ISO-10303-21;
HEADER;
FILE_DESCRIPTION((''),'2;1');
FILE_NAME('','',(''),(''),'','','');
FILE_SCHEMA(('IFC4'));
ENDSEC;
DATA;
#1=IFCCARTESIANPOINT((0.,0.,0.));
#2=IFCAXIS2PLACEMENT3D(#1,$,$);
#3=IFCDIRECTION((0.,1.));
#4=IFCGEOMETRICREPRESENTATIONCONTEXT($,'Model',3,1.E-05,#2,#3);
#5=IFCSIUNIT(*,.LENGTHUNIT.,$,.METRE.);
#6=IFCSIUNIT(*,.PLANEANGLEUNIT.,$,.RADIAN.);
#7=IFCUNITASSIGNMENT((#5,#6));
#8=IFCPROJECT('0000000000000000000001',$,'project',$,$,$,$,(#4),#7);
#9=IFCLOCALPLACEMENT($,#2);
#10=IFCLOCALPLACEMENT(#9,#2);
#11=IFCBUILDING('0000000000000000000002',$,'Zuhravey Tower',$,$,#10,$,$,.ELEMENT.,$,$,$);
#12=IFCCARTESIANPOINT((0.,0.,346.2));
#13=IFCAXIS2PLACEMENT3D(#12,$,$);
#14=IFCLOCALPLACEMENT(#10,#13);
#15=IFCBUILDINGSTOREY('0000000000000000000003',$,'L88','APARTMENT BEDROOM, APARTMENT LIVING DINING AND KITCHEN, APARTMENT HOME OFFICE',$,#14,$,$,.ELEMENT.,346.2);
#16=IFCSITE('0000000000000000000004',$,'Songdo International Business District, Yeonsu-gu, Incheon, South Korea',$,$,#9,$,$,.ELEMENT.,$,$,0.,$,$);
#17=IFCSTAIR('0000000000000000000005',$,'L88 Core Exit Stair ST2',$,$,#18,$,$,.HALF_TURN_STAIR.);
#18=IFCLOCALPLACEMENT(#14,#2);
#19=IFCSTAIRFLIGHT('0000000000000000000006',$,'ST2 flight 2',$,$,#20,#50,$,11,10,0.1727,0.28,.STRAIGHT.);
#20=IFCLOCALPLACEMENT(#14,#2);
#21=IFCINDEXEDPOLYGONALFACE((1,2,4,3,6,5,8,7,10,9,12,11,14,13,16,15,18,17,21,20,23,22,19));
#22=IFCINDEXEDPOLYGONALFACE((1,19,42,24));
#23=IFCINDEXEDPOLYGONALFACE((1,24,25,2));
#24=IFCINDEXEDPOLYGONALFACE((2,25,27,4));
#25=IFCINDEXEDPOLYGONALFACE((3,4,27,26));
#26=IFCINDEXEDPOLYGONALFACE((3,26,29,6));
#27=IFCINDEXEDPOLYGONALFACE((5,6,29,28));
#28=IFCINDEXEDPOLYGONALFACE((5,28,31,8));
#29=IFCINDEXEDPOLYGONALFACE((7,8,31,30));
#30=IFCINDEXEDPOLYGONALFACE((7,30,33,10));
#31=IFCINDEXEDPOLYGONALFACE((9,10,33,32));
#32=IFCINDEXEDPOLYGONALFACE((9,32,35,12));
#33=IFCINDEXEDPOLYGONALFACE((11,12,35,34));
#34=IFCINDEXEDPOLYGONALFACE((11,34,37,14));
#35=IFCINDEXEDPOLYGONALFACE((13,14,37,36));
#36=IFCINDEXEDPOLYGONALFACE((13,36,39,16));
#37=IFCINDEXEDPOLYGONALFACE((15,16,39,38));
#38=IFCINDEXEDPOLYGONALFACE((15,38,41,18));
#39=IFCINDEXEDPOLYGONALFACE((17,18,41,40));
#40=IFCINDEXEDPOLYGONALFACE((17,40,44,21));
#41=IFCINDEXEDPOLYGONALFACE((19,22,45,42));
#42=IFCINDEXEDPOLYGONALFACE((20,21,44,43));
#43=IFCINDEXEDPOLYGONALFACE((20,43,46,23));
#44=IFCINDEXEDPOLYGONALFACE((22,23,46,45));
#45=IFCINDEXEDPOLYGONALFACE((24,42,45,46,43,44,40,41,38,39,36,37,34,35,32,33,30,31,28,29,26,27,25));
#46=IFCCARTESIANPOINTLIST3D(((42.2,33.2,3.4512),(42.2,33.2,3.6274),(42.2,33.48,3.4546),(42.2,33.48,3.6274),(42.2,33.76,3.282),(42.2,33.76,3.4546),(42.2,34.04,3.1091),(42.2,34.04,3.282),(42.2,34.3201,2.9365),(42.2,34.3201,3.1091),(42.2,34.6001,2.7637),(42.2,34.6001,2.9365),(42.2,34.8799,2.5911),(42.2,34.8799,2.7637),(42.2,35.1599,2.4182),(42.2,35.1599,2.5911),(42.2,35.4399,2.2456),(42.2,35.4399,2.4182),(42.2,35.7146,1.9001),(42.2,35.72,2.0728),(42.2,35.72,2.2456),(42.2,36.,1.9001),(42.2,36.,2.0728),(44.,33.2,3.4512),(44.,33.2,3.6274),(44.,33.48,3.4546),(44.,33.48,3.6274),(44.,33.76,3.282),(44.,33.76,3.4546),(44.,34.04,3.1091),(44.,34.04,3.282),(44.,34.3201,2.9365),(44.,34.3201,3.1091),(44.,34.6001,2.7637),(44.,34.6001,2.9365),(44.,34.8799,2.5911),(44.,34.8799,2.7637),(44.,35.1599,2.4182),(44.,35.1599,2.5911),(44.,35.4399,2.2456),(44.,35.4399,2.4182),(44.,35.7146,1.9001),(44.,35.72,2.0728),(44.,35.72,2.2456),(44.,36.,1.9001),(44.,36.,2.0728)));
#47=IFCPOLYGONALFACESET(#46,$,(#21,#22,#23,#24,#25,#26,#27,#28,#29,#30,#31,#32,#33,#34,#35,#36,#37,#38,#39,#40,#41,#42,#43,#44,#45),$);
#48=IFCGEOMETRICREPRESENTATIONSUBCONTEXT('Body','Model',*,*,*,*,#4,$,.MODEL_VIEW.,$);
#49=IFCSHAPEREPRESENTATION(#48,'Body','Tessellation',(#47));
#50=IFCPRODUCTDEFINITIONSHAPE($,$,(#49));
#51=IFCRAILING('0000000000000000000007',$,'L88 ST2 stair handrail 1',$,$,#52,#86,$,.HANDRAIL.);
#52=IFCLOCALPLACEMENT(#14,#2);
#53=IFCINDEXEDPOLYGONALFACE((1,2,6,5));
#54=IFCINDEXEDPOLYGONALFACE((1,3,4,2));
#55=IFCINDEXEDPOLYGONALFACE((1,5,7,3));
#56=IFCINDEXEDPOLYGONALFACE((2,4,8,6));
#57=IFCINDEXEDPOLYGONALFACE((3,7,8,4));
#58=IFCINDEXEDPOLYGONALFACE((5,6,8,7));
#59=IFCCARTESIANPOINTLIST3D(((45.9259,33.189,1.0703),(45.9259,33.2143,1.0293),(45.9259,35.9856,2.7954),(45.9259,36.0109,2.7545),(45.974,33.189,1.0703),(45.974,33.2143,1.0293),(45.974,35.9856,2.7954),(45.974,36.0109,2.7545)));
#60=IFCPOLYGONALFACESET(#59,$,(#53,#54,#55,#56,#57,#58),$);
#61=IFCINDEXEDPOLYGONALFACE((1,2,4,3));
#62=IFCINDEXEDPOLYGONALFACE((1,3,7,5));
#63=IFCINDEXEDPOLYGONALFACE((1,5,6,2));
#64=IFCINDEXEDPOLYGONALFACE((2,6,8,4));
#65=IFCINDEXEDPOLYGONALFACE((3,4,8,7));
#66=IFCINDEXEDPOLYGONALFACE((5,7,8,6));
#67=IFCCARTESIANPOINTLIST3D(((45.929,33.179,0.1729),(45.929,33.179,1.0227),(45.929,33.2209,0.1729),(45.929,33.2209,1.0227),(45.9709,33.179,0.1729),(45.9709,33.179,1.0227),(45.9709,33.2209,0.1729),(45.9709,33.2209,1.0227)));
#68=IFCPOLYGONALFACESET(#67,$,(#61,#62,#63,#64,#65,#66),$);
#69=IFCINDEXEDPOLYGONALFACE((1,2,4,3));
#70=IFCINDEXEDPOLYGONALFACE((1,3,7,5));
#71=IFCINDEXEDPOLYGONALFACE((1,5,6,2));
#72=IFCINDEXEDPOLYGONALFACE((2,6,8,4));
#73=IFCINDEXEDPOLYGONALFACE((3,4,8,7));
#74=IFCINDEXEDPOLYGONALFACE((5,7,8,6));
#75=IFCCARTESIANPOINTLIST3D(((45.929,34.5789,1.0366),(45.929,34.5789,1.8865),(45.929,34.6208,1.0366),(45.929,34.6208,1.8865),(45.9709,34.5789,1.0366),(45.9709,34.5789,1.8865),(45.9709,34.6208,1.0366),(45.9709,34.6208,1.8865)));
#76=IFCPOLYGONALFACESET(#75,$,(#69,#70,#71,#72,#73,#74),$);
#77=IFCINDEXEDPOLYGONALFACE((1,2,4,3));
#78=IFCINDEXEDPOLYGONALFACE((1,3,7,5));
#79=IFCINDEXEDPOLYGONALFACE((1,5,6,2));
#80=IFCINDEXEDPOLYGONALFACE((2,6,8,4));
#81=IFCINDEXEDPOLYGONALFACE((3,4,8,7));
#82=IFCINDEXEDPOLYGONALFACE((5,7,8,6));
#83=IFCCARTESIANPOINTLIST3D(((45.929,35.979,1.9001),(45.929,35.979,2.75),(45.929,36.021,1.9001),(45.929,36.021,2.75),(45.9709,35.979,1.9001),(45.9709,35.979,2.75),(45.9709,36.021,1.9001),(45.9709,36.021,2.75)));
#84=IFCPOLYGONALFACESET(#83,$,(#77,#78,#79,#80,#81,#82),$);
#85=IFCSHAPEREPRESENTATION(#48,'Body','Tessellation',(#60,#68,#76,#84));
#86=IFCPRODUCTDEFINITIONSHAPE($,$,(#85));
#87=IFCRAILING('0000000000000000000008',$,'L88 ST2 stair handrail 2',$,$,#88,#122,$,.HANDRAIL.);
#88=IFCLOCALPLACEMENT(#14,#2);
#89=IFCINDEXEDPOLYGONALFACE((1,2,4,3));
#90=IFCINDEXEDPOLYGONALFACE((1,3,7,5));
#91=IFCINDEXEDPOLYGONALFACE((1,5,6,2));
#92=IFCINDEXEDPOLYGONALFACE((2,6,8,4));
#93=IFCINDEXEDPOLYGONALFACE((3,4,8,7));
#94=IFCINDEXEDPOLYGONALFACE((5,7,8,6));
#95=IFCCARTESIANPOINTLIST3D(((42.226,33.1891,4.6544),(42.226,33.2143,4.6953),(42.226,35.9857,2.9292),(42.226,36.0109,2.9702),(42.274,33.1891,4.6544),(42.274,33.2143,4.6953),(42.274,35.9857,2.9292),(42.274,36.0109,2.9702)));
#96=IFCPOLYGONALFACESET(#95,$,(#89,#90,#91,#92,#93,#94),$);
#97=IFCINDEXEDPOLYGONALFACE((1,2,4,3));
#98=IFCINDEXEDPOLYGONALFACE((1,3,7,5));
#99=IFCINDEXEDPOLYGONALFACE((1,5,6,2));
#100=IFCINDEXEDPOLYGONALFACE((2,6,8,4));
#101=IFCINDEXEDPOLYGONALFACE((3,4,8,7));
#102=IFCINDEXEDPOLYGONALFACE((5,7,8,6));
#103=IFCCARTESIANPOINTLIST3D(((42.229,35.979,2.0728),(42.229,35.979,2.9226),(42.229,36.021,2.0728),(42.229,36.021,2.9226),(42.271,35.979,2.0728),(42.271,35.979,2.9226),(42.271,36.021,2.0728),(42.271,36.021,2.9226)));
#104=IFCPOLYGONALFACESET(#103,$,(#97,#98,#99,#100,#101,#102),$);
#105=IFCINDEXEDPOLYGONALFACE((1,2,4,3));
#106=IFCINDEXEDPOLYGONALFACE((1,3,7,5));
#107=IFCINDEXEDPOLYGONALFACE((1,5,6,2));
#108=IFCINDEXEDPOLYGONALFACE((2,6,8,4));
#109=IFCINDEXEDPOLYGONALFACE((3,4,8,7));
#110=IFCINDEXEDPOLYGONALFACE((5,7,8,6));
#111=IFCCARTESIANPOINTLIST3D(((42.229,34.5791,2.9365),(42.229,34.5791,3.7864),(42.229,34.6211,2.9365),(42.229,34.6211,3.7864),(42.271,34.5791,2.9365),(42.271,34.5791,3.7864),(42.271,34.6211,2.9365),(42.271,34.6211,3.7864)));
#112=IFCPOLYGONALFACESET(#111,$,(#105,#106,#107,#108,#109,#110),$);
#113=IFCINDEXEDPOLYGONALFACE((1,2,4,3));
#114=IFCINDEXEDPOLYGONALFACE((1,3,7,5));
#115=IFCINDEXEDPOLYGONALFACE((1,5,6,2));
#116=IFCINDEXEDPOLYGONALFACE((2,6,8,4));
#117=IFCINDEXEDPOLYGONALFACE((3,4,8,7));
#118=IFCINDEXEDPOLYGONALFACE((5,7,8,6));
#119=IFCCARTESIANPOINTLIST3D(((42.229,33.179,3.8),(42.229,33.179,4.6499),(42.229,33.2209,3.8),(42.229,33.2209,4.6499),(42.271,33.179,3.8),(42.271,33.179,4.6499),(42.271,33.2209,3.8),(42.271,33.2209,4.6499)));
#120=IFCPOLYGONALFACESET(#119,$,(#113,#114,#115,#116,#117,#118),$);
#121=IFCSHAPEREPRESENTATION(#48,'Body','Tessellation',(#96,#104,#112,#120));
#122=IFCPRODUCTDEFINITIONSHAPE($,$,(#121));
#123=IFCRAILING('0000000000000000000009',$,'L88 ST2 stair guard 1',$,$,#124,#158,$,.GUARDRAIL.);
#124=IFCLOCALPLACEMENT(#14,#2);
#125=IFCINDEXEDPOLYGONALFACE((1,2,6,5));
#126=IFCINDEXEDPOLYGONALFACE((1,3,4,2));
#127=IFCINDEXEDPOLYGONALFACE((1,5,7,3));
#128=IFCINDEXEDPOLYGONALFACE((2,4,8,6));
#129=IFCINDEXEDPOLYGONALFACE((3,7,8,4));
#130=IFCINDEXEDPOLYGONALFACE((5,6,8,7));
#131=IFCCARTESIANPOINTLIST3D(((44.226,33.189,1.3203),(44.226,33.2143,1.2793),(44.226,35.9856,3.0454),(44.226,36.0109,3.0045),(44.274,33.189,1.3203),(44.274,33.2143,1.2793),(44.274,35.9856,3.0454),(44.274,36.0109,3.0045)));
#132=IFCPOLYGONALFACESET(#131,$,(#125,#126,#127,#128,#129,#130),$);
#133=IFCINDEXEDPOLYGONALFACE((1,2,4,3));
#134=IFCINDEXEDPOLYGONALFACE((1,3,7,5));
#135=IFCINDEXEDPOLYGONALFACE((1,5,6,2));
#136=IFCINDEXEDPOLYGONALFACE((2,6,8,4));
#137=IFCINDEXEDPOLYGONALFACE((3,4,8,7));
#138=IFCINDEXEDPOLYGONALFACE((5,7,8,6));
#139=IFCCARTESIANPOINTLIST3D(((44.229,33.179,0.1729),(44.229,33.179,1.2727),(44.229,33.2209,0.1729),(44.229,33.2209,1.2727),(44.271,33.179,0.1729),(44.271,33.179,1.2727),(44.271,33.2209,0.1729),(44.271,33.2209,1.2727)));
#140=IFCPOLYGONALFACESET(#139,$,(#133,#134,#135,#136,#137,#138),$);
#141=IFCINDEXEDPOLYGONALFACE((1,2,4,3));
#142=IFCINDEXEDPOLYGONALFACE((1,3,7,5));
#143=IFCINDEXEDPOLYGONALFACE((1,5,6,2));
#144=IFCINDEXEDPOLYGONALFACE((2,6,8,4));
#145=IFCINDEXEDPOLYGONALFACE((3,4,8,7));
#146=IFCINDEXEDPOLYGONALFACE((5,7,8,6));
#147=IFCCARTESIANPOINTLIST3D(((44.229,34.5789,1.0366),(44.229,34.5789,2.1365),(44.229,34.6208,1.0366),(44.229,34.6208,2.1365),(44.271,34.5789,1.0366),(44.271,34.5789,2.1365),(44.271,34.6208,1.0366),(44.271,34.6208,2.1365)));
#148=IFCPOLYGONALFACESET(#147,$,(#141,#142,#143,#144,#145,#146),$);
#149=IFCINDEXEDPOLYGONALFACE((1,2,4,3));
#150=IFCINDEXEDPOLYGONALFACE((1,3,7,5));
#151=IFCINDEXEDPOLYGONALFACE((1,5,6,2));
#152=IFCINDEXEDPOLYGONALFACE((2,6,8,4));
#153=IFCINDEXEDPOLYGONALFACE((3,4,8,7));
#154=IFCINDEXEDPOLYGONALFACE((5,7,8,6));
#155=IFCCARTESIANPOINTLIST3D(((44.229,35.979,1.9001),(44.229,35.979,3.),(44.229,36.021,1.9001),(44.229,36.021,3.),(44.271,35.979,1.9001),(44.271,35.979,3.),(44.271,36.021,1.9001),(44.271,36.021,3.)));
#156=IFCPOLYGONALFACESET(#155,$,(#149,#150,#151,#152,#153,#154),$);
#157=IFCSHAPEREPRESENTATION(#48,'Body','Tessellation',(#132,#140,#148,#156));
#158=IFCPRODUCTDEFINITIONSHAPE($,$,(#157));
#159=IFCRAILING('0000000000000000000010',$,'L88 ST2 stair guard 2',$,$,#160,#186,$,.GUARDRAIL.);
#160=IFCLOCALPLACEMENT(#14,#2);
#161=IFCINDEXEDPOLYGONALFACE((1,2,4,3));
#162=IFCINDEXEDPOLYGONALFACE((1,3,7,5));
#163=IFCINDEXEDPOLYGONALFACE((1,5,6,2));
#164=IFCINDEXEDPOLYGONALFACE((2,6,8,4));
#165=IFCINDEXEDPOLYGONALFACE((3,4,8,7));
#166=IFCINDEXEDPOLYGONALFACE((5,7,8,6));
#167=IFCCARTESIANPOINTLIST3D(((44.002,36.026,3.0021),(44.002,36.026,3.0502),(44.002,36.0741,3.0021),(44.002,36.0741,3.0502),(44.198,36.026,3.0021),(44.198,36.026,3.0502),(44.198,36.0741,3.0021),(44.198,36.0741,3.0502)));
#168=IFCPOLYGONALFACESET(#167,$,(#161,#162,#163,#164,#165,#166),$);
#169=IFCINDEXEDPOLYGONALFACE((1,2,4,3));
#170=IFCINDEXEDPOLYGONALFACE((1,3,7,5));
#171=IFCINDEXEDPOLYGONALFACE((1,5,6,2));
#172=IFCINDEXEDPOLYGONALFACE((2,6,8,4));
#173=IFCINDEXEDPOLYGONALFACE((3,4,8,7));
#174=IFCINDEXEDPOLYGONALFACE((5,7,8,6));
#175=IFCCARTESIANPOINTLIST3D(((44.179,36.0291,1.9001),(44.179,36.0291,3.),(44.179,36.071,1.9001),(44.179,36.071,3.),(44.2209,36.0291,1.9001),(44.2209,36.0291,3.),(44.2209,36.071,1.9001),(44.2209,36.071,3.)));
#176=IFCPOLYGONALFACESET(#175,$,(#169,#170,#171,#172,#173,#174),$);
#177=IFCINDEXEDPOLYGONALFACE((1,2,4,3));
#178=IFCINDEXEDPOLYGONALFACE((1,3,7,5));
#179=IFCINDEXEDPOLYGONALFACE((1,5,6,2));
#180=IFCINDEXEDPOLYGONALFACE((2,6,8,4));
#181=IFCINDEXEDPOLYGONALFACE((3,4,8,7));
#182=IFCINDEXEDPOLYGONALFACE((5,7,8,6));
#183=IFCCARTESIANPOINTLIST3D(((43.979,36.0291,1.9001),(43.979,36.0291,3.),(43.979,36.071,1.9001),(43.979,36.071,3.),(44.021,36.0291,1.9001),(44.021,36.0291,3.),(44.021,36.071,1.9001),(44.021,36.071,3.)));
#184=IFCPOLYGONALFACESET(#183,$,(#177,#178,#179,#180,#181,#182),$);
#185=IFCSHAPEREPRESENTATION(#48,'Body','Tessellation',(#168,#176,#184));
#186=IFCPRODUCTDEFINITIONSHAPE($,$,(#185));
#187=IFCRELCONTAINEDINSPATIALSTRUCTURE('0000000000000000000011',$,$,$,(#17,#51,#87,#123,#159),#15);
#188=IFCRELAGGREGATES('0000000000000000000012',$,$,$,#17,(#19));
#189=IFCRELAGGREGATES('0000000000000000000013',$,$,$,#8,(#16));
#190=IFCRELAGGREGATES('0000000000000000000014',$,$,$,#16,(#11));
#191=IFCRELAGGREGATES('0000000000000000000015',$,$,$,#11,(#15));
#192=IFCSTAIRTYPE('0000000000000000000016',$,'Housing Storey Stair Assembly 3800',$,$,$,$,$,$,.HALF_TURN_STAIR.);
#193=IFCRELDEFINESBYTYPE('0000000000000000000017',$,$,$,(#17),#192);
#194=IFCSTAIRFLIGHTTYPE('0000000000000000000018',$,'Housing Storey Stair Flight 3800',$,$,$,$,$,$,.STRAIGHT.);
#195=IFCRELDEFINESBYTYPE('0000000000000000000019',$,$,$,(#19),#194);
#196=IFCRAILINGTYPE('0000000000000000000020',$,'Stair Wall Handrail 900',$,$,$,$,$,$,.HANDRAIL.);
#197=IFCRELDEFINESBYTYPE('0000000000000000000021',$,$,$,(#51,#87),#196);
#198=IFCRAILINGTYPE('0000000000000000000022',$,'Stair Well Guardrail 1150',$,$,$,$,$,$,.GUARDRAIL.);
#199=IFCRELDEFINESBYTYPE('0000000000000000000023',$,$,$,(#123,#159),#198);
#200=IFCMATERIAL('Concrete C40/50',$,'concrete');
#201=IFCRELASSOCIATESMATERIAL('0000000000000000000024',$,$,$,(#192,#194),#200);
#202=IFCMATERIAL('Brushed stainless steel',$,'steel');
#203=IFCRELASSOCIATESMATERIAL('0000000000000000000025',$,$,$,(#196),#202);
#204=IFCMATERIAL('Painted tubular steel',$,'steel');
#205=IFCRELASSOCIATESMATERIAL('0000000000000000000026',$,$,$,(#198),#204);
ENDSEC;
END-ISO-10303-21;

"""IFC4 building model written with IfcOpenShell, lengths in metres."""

from ifc_helpers import new_model, si_unit, direction, frame, origin, origin_2d, place, context, subcontext, project, spatial, polyline, rectangle, outline, extrude, material, type_object, element, aggregate, save


model = new_model("IFC4")

# Units and contexts
model_context = context("Model", 3, precision=1e-05, world=origin(), true_north=direction((0.0, 1.0)))
body_context = subcontext(model_context, "Body", "Model", "MODEL_VIEW")
ifc_project = project(units=[si_unit("LENGTHUNIT", "METRE"), si_unit("PLANEANGLEUNIT", "RADIAN")], contexts=[model_context])

# Site, building, storey
site_placement = place(None, origin())
site = spatial("IfcSite", under=ifc_project, at=site_placement, Name="Songdo International Business District, Yeonsu-gu, Incheon, South Korea", CompositionType="ELEMENT", RefElevation=0.0)
building_placement = place(site_placement, origin())
building = spatial("IfcBuilding", under=site, at=building_placement, Name="Zuhravey Tower", CompositionType="ELEMENT")
storey_placement = place(building_placement, frame((0.0, 0.0, 346.2)))
storey = spatial("IfcBuildingStorey", under=building, at=storey_placement, Name="L88", Description="APARTMENT BEDROOM, APARTMENT LIVING DINING AND KITCHEN, APARTMENT HOME OFFICE", CompositionType="ELEMENT", Elevation=346.2)

# Stair, stair flight
ifc_material_1 = material(Name="Concrete C40/50", Category="concrete")
stair_type = type_object("IfcStairType", Name="Housing Storey Stair Assembly 3800", PredefinedType="HALF_TURN_STAIR", material=ifc_material_1)
stair_placement = place(storey_placement, origin())
stair = element("IfcStair", 1, at=stair_placement, inside=storey, type_object=stair_type, Name="L88 Core Exit Stair ST2", PredefinedType="HALF_TURN_STAIR")
stair_flight_type = type_object("IfcStairFlightType", Name="Housing Storey Stair Flight 3800", PredefinedType="STRAIGHT", material=ifc_material_1)
stair_flight_1_placement = place(storey_placement, frame((43.1001, 36.0, 1.9001), z_axis=(0.0, 0.0, 1.0), x_axis=(0.0, -1.0, 0.0)))
stair_flight_1 = element("IfcStairFlight", 2, at=stair_flight_1_placement, type_object=stair_flight_type, Name="ST2 flight 2", NumberOfRisers=11, NumberOfTreads=10, PredefinedType="STRAIGHT", RiserHeight=0.1727, TreadLength=0.28, context=body_context, shape_type="SweptSolid", body=[
    extrude(outline(polyline([(0.0, 0.0), (0.0, 0.1726), (0.28, 0.1726), (0.28, 0.3455), (0.5601, 0.3455), (0.5601, 0.5181), (0.8401, 0.5181), (0.8401, 0.6909), (1.1201, 0.6909), (1.1201, 0.8635), (1.3999, 0.8635), (1.3999, 1.0364), (1.6799, 1.0364), (1.6799, 1.209), (1.96, 1.209), (1.96, 1.3818), (2.24, 1.3818), (2.24, 1.5544), (2.52, 1.5544), (2.52, 1.7273), (2.8, 1.7273), (2.8, 1.8999), (2.8, 1.551), (0.2854, 0.0), (0.0, 0.0)])), frame((0.0, 0.8999, 0.0), z_axis=(0.0, -1.0, 0.0), x_axis=(1.0, 0.0, 0.0)), (0.0, 0.0, 1.0), 1.8),
])
aggregate(stair, [stair_flight_1])

# Railings
ifc_material_2 = material(Name="Brushed stainless steel", Category="steel")
railing_type_1 = type_object("IfcRailingType", Name="Stair Wall Handrail 900", PredefinedType="HANDRAIL", material=ifc_material_2)
railing_1_placement = place(storey_placement, frame((45.95, 33.2, 0.1729)))
element("IfcRailing", 3, at=railing_1_placement, inside=storey, type_object=railing_type_1, Name="L88 ST2 stair handrail 1", PredefinedType="HANDRAIL", context=body_context, shape_type="SweptSolid", body=[
    extrude(rectangle(XDim=0.0481, YDim=0.0481, at=origin_2d()), frame((0.0, 0.0017, 0.877), z_axis=(0.0, 0.85109, 0.52502), x_axis=(-1.0, 0.0, 0.0)), (0.0, 0.0, 1.0), 3.2859),
    extrude(rectangle(XDim=0.042, YDim=0.042, at=origin_2d()), origin(), (0.0, 0.0, 1.0), 0.8499),
    extrude(rectangle(XDim=0.042, YDim=0.042, at=origin_2d()), frame((0.0, 1.3999, 0.8638)), (0.0, 0.0, 1.0), 0.8499),
    extrude(rectangle(XDim=0.042, YDim=0.042, at=origin_2d()), frame((0.0, 2.8, 1.7273)), (0.0, 0.0, 1.0), 0.8499),
])
railing_2_placement = place(storey_placement, frame((42.25, 36.0, 2.0728)))
element("IfcRailing", 4, at=railing_2_placement, inside=storey, type_object=railing_type_1, Name="L88 ST2 stair handrail 2", PredefinedType="HANDRAIL", context=body_context, shape_type="SweptSolid", body=[
    extrude(rectangle(XDim=0.0481, YDim=0.0481, at=origin_2d()), frame((0.0, -0.0017, 0.877), z_axis=(0.0, -0.85109, 0.52502), x_axis=(1.0, 0.0, 0.0)), (0.0, 0.0, 1.0), 3.2859),
    extrude(rectangle(XDim=0.042, YDim=0.042, at=origin_2d()), origin(), (0.0, 0.0, 1.0), 0.8499),
    extrude(rectangle(XDim=0.042, YDim=0.042, at=origin_2d()), frame((0.0, -1.3999, 0.8638)), (0.0, 0.0, 1.0), 0.8499),
    extrude(rectangle(XDim=0.042, YDim=0.042, at=origin_2d()), frame((0.0, -2.8, 1.7273)), (0.0, 0.0, 1.0), 0.8499),
])
ifc_material_3 = material(Name="Painted tubular steel", Category="steel")
railing_type_2 = type_object("IfcRailingType", Name="Stair Well Guardrail 1150", PredefinedType="GUARDRAIL", material=ifc_material_3)
railing_3_placement = place(storey_placement, frame((44.25, 33.2, 0.1729)))
element("IfcRailing", 5, at=railing_3_placement, inside=storey, type_object=railing_type_2, Name="L88 ST2 stair guard 1", PredefinedType="GUARDRAIL", context=body_context, shape_type="SweptSolid", body=[
    extrude(rectangle(XDim=0.0481, YDim=0.0481, at=origin_2d()), frame((0.0, 0.0017, 1.127), z_axis=(0.0, 0.85109, 0.52502), x_axis=(-1.0, 0.0, 0.0)), (0.0, 0.0, 1.0), 3.2859),
    extrude(rectangle(XDim=0.042, YDim=0.042, at=origin_2d()), origin(), (0.0, 0.0, 1.0), 1.0999),
    extrude(rectangle(XDim=0.042, YDim=0.042, at=origin_2d()), frame((0.0, 1.3999, 0.8638)), (0.0, 0.0, 1.0), 1.0999),
    extrude(rectangle(XDim=0.042, YDim=0.042, at=origin_2d()), frame((0.0, 2.8, 1.7273)), (0.0, 0.0, 1.0), 1.0999),
])
railing_4_placement = place(storey_placement, frame((44.2, 36.05, 1.9001)))
element("IfcRailing", 6, at=railing_4_placement, inside=storey, type_object=railing_type_2, Name="L88 ST2 stair guard 2", PredefinedType="GUARDRAIL", context=body_context, shape_type="SweptSolid", body=[
    extrude(rectangle(XDim=0.0481, YDim=0.0481, at=origin_2d()), frame((-0.002, 0.0, 1.126), z_axis=(-1.0, 0.0, 0.0), x_axis=(0.0, -1.0, 0.0)), (0.0, 0.0, 1.0), 0.196),
    extrude(rectangle(XDim=0.042, YDim=0.042, at=origin_2d()), origin(), (0.0, 0.0, 1.0), 1.0999),
    extrude(rectangle(XDim=0.042, YDim=0.042, at=origin_2d()), frame((-0.2, 0.0, 0.0)), (0.0, 0.0, 1.0), 1.0999),
])

save(model, "model.ifc")
